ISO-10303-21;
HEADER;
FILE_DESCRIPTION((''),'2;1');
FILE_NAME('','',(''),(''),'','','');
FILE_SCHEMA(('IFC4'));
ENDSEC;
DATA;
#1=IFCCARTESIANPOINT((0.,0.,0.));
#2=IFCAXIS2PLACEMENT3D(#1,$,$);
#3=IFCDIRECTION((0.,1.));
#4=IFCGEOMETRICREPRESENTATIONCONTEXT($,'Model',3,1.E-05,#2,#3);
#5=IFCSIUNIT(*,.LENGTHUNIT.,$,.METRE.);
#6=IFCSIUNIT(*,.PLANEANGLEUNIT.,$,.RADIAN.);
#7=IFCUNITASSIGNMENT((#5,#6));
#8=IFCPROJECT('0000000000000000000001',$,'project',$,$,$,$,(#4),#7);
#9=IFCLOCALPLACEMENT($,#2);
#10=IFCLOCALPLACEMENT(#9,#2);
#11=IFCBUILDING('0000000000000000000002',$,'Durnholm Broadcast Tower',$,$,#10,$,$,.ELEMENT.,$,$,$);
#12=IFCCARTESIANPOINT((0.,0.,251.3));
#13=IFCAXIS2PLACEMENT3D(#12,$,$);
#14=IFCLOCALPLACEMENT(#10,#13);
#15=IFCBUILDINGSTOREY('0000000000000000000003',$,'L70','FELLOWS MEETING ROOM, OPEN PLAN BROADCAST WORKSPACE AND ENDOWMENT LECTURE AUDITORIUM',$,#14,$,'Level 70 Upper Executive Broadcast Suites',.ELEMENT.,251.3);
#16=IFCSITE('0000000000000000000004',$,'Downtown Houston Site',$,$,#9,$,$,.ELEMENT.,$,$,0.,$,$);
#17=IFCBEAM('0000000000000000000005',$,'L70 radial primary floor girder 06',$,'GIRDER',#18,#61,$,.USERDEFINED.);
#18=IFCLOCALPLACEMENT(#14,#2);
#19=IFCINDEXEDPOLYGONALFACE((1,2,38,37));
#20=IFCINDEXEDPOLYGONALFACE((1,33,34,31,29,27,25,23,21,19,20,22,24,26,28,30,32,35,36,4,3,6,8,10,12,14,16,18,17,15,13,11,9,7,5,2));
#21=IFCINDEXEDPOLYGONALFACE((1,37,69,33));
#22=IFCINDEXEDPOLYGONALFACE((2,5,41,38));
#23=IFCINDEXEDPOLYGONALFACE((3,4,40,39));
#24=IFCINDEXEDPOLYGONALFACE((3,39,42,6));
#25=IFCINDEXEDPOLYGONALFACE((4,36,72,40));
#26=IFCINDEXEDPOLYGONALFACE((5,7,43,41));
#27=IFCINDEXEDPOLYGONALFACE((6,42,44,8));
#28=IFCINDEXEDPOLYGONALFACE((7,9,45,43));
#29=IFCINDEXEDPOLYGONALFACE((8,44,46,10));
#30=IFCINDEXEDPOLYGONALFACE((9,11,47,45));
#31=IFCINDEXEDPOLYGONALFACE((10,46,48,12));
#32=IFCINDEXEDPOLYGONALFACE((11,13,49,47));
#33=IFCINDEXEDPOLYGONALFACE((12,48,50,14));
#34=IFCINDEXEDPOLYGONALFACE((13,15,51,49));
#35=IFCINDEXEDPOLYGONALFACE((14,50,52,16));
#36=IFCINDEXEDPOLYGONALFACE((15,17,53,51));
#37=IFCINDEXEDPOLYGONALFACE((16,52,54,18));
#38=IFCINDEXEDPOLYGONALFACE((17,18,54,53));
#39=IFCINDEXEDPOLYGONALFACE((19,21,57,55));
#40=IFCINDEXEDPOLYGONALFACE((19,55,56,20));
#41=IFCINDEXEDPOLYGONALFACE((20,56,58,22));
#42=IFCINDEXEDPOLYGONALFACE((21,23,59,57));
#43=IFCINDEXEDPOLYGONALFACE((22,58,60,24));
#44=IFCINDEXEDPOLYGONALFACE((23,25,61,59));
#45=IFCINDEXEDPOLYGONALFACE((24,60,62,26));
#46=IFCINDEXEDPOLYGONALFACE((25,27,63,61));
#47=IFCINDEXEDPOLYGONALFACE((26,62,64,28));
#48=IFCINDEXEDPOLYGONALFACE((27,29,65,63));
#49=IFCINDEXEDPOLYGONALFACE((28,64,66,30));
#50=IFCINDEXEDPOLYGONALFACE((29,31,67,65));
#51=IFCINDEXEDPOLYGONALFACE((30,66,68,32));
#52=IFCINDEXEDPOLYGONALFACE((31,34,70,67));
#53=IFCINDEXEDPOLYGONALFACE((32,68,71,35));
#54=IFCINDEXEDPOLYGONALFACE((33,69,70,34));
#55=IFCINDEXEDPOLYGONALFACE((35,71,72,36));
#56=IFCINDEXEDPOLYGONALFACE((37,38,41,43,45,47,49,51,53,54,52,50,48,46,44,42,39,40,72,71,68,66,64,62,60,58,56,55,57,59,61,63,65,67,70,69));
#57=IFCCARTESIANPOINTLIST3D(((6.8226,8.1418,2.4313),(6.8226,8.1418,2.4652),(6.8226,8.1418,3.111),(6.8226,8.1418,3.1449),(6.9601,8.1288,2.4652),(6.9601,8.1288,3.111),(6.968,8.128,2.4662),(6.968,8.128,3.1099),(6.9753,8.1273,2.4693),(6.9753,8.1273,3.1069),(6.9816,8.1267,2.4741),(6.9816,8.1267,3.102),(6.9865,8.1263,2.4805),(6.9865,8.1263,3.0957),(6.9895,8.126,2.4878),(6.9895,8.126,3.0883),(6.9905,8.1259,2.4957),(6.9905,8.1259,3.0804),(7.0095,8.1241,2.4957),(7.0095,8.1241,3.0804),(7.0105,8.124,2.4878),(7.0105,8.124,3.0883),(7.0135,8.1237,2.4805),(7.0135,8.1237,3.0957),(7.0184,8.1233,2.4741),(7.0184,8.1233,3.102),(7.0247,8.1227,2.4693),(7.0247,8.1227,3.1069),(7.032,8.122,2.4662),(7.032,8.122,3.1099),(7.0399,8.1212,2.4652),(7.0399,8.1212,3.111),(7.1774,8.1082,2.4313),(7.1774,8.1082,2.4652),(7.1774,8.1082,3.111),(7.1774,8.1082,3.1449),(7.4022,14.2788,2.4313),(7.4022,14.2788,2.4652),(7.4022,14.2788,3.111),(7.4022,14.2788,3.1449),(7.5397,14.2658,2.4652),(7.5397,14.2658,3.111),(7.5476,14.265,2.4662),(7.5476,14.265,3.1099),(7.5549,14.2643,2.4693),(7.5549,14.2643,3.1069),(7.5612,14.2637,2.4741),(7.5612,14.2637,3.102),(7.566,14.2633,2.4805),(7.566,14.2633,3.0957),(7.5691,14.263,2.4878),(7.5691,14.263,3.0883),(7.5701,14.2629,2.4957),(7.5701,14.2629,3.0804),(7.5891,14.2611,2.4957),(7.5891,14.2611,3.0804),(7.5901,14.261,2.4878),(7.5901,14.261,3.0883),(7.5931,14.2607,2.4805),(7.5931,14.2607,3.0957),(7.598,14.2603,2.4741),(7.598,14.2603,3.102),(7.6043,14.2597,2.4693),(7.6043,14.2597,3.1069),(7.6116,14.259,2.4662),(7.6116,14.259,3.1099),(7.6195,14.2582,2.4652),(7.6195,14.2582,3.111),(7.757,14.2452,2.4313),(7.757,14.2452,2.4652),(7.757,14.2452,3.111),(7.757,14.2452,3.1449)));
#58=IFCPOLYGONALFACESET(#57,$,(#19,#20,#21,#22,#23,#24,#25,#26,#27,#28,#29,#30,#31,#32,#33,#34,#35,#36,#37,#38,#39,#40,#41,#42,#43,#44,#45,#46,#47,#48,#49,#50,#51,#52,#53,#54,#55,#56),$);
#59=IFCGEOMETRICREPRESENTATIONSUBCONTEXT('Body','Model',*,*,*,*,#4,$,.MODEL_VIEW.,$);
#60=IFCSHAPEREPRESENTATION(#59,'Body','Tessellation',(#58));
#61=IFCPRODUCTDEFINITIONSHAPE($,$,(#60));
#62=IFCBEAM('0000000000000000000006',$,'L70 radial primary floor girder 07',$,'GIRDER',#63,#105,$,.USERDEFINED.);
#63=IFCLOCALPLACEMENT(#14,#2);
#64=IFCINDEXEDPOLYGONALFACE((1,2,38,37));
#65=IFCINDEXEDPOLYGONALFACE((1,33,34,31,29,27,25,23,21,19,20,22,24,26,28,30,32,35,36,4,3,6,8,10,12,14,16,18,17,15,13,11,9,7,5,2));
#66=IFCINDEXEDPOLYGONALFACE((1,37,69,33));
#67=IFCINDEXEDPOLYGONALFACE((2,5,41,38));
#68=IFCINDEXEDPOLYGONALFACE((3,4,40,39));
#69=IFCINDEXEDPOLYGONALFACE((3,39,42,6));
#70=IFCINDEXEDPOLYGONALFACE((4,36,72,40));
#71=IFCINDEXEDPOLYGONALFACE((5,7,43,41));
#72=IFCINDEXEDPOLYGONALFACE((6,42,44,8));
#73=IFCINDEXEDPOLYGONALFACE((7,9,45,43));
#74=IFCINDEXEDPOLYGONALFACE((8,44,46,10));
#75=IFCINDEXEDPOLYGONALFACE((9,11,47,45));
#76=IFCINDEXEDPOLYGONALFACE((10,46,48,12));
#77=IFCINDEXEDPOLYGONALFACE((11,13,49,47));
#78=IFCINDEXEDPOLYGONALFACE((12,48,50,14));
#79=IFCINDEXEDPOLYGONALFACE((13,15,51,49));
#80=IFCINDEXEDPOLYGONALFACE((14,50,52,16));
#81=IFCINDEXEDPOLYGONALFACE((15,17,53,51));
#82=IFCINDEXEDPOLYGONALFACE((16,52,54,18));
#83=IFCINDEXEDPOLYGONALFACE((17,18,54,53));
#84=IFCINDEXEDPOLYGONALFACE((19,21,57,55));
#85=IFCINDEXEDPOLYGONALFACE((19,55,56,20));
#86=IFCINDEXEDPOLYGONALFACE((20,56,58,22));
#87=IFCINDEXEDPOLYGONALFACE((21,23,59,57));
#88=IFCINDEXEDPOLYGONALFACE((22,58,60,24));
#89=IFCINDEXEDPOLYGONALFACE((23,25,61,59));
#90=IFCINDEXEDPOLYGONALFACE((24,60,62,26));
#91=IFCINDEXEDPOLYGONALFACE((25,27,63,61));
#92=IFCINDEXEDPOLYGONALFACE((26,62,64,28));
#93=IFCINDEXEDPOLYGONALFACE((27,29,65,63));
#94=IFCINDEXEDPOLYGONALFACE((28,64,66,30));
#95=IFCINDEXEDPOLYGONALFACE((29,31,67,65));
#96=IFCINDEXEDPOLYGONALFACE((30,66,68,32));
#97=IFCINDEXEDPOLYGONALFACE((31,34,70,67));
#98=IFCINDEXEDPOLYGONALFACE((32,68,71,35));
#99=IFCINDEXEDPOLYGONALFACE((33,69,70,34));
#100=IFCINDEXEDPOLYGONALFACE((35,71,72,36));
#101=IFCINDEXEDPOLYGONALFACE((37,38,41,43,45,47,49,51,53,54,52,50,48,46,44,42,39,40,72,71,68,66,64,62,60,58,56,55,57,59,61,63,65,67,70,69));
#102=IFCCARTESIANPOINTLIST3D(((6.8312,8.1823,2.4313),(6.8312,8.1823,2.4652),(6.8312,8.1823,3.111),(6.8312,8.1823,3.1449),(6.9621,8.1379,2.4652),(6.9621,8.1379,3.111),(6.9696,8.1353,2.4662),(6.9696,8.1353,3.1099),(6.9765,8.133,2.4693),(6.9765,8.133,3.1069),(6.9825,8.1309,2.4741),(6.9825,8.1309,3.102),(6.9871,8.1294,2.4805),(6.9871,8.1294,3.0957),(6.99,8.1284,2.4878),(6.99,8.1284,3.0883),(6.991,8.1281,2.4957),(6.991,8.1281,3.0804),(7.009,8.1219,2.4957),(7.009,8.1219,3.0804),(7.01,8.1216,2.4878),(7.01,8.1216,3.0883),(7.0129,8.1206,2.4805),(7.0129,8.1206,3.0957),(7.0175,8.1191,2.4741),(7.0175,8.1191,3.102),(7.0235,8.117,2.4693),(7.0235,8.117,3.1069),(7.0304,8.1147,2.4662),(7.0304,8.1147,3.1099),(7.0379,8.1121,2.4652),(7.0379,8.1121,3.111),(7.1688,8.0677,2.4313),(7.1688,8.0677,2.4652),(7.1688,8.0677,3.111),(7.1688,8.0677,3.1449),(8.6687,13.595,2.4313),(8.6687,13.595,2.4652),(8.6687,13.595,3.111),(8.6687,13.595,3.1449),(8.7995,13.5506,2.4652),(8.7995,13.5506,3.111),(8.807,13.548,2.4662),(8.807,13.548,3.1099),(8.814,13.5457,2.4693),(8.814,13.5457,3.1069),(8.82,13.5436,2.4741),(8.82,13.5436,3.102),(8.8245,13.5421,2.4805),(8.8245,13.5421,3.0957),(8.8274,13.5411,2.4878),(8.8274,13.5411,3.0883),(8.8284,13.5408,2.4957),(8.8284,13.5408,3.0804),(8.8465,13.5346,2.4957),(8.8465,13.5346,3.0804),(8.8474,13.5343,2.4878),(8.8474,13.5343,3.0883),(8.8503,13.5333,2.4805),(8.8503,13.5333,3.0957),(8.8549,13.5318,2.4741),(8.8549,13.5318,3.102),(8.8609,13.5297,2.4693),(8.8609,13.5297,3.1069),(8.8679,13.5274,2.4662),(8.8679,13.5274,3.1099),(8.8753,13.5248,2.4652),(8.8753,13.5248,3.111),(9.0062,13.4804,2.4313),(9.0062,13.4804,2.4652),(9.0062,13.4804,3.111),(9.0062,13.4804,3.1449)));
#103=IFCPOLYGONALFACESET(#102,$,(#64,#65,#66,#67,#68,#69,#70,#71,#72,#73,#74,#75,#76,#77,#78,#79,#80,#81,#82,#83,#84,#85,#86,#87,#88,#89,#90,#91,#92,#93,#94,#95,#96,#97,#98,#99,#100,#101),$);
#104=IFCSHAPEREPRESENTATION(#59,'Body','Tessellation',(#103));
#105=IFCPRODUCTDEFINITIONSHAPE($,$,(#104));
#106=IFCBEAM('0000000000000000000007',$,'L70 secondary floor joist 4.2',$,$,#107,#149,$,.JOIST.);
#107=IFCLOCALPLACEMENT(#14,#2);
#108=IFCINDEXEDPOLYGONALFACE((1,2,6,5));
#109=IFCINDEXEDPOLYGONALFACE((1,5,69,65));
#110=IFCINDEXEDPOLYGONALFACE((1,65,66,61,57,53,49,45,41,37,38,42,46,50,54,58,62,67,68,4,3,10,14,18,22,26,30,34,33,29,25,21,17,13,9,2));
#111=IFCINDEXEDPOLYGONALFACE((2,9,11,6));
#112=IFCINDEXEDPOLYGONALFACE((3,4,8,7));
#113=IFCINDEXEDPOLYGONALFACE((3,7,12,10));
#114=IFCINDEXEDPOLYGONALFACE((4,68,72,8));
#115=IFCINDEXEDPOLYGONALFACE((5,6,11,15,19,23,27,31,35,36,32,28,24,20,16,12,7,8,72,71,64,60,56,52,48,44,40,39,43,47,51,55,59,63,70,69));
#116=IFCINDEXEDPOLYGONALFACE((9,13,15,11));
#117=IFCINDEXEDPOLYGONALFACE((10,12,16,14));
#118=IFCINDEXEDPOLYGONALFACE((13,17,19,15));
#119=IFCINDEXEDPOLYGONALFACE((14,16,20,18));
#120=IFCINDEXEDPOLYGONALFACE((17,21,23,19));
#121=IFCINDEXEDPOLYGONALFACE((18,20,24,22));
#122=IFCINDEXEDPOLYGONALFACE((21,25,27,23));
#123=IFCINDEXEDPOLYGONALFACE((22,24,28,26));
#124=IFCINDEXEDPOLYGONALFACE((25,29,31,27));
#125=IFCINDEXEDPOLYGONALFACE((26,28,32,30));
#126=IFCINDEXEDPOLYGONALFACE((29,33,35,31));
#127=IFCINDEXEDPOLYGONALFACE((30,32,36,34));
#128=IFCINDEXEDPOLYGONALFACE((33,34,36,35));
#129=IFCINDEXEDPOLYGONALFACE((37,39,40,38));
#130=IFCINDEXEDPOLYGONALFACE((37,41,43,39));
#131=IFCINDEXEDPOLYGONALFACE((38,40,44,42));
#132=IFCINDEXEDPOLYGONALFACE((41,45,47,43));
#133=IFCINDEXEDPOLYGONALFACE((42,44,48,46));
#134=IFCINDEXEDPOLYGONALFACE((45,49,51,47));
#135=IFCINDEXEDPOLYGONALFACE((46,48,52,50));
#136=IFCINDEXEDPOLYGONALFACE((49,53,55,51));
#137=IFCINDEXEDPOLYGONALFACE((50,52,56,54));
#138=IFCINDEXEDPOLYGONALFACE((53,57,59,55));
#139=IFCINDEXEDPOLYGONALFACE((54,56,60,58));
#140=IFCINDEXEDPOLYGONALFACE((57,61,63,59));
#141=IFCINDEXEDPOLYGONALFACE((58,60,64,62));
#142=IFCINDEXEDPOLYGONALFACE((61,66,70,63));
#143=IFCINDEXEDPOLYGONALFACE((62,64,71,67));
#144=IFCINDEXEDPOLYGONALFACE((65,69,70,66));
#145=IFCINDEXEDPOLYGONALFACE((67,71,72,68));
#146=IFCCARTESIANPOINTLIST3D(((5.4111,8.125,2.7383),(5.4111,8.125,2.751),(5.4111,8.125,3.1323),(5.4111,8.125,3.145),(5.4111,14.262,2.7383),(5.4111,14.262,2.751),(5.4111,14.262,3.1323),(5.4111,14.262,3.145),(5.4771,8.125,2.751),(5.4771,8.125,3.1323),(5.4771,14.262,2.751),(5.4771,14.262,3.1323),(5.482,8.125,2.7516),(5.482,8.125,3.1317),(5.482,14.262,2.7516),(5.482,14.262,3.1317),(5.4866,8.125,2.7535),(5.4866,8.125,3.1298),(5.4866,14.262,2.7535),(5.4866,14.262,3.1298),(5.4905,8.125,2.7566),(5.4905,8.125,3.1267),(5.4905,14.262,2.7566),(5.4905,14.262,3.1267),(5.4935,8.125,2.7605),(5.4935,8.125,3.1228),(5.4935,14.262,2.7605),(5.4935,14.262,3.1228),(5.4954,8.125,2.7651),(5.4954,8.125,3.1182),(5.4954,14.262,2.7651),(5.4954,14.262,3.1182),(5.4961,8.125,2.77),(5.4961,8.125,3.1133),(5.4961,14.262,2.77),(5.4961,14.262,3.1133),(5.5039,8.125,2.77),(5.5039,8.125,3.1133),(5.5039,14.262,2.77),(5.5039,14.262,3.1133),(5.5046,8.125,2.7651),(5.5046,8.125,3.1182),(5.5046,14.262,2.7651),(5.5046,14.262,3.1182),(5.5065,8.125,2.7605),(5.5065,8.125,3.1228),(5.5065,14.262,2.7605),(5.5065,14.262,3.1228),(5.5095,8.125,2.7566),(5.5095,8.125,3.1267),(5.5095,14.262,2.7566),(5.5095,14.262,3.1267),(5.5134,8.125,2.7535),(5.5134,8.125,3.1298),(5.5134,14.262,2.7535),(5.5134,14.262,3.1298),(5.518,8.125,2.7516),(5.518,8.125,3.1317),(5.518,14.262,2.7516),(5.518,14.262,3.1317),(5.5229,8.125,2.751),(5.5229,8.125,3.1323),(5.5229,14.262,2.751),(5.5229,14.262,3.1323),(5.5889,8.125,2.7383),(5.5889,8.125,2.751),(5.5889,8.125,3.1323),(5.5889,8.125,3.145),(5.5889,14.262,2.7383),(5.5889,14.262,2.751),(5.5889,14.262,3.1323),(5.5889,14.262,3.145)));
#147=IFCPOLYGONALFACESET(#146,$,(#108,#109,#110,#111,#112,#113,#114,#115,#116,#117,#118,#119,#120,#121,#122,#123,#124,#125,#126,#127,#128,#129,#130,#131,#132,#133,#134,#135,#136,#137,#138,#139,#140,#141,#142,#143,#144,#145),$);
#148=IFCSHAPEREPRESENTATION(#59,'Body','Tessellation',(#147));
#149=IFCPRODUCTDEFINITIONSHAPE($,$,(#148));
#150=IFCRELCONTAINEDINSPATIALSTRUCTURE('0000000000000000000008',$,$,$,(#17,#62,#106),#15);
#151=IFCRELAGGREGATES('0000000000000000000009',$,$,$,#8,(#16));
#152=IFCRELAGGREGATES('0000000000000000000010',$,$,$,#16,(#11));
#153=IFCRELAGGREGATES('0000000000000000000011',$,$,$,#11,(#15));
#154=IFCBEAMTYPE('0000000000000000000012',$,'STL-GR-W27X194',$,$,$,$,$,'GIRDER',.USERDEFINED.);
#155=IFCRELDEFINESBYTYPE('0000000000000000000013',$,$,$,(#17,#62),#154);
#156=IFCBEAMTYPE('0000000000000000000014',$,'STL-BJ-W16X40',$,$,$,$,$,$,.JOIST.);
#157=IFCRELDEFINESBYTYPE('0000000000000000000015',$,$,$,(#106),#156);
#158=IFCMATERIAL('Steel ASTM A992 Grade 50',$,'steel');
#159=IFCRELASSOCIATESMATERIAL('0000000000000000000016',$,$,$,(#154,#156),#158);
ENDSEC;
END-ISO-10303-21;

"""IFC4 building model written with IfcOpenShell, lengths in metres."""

from ifc_helpers import new_model, si_unit, direction, frame, origin, origin_2d, place, context, subcontext, project, spatial, i_section, extrude, source, transform, mapped, material, material_profile, profile_set, type_object, type_shapes, element, save


model = new_model("IFC4")

# Units and contexts
model_context = context("Model", 3, precision=1e-05, world=origin(), true_north=direction((0.0, 1.0)))
body_context = subcontext(model_context, "Body", "Model", "MODEL_VIEW")
ifc_project = project(units=[si_unit("LENGTHUNIT", "METRE"), si_unit("PLANEANGLEUNIT", "RADIAN")], contexts=[model_context])

# Site, building, storey
site_placement = place(None, origin())
site = spatial("IfcSite", under=ifc_project, at=site_placement, Name="Downtown Houston Site", CompositionType="ELEMENT", RefElevation=0.0)
building_placement = place(site_placement, origin())
building = spatial("IfcBuilding", under=site, at=building_placement, Name="Durnholm Broadcast Tower", CompositionType="ELEMENT")
storey_placement = place(building_placement, frame((0.0, 0.0, 251.3)))
storey = spatial("IfcBuildingStorey", under=building, at=storey_placement, Name="L70", Description="FELLOWS MEETING ROOM, OPEN PLAN BROADCAST WORKSPACE AND ENDOWMENT LECTURE AUDITORIUM", LongName="Level 70 Upper Executive Broadcast Suites", CompositionType="ELEMENT", Elevation=251.3)

# Beams
ifc_material_1 = material(Name="Steel ASTM A992 Grade 50", Category="steel")
ifc_material_profile_1 = material_profile(ifc_material_1, i_section(OverallWidth=0.3564, OverallDepth=0.7136, WebThickness=0.019, FlangeThickness=0.0339, FilletRadius=0.0305, at=origin_2d()), Name="W27X194")
ifc_profile_set_1 = profile_set([ifc_material_profile_1], Name="Steel ASTM A992 Grade 50")
beam_type_1 = type_object("IfcBeamType", Name="STL-GR-W27X194", ElementType="GIRDER", PredefinedType="USERDEFINED", material=ifc_profile_set_1)
shared_shape_1 = source(origin(), body_context, "Body", "SweptSolid", [
    extrude(i_section(OverallWidth=0.3564, OverallDepth=0.7136, WebThickness=0.019, FlangeThickness=0.0339, FilletRadius=0.0305, at=origin_2d()), origin(), (0.0, 0.0, 1.0), 6.1643),
])
beam_1_placement = place(storey_placement, frame((7.0, 8.125, 2.7881), z_axis=(0.094024, 0.99557, 0.0), x_axis=(-0.99557, 0.094024, 0.0)))
element("IfcBeam", 1, at=beam_1_placement, inside=storey, type_object=beam_type_1, Name="L70 radial primary floor girder 06", ObjectType="GIRDER", PredefinedType="USERDEFINED", context=body_context, shape_type="MappedRepresentation", body=[
    mapped(shared_shape_1, transform((0.0, 0.0, 0.0), x_axis=(1.0, 0.0, 0.0), y_axis=(0.0, 1.0, 0.0), z_axis=(0.0, 0.0, 1.0), scale=1.0)),
])
shared_shape_2 = source(origin(), body_context, "Body", "SweptSolid", [
    extrude(i_section(OverallWidth=0.3564, OverallDepth=0.7136, WebThickness=0.019, FlangeThickness=0.0339, FilletRadius=0.0305, at=origin_2d()), origin(), (0.0, 0.0, 1.0), 5.7161),
])
type_shapes(beam_type_1, [shared_shape_1, shared_shape_2])
beam_2_placement = place(storey_placement, frame((7.0, 8.125, 2.7881), z_axis=(0.321451, 0.946926, 0.0), x_axis=(-0.946926, 0.321451, 0.0)))
element("IfcBeam", 2, at=beam_2_placement, inside=storey, type_object=beam_type_1, Name="L70 radial primary floor girder 07", ObjectType="GIRDER", PredefinedType="USERDEFINED", context=body_context, shape_type="MappedRepresentation", body=[
    mapped(shared_shape_2, transform((0.0, 0.0, 0.0), x_axis=(1.0, 0.0, 0.0), y_axis=(0.0, 1.0, 0.0), z_axis=(0.0, 0.0, 1.0), scale=1.0)),
])
ifc_material_profile_2 = material_profile(ifc_material_1, i_section(OverallWidth=0.1777, OverallDepth=0.4067, WebThickness=0.0078, FlangeThickness=0.0127, FilletRadius=0.019, at=origin_2d()), Name="W16X40")
ifc_profile_set_2 = profile_set([ifc_material_profile_2], Name="Steel ASTM A992 Grade 50")
beam_type_2 = type_object("IfcBeamType", Name="STL-BJ-W16X40", PredefinedType="JOIST", material=ifc_profile_set_2)
shared_shape_3 = source(origin(), body_context, "Body", "SweptSolid", [
    extrude(i_section(OverallWidth=0.1777, OverallDepth=0.4067, WebThickness=0.0078, FlangeThickness=0.0127, FilletRadius=0.019, at=origin_2d()), origin(), (0.0, 0.0, 1.0), 6.137),
])
type_shapes(beam_type_2, [shared_shape_3])
beam_3_placement = place(storey_placement, frame((5.5, 8.125, 2.9417), z_axis=(0.0, 1.0, 0.0), x_axis=(-1.0, 0.0, 0.0)))
element("IfcBeam", 3, at=beam_3_placement, inside=storey, type_object=beam_type_2, Name="L70 secondary floor joist 4.2", PredefinedType="JOIST", context=body_context, shape_type="MappedRepresentation", body=[
    mapped(shared_shape_3, transform((0.0, 0.0, 0.0), x_axis=(1.0, 0.0, 0.0), y_axis=(0.0, 1.0, 0.0), z_axis=(0.0, 0.0, 1.0), scale=1.0)),
])

save(model, "model.ifc")
